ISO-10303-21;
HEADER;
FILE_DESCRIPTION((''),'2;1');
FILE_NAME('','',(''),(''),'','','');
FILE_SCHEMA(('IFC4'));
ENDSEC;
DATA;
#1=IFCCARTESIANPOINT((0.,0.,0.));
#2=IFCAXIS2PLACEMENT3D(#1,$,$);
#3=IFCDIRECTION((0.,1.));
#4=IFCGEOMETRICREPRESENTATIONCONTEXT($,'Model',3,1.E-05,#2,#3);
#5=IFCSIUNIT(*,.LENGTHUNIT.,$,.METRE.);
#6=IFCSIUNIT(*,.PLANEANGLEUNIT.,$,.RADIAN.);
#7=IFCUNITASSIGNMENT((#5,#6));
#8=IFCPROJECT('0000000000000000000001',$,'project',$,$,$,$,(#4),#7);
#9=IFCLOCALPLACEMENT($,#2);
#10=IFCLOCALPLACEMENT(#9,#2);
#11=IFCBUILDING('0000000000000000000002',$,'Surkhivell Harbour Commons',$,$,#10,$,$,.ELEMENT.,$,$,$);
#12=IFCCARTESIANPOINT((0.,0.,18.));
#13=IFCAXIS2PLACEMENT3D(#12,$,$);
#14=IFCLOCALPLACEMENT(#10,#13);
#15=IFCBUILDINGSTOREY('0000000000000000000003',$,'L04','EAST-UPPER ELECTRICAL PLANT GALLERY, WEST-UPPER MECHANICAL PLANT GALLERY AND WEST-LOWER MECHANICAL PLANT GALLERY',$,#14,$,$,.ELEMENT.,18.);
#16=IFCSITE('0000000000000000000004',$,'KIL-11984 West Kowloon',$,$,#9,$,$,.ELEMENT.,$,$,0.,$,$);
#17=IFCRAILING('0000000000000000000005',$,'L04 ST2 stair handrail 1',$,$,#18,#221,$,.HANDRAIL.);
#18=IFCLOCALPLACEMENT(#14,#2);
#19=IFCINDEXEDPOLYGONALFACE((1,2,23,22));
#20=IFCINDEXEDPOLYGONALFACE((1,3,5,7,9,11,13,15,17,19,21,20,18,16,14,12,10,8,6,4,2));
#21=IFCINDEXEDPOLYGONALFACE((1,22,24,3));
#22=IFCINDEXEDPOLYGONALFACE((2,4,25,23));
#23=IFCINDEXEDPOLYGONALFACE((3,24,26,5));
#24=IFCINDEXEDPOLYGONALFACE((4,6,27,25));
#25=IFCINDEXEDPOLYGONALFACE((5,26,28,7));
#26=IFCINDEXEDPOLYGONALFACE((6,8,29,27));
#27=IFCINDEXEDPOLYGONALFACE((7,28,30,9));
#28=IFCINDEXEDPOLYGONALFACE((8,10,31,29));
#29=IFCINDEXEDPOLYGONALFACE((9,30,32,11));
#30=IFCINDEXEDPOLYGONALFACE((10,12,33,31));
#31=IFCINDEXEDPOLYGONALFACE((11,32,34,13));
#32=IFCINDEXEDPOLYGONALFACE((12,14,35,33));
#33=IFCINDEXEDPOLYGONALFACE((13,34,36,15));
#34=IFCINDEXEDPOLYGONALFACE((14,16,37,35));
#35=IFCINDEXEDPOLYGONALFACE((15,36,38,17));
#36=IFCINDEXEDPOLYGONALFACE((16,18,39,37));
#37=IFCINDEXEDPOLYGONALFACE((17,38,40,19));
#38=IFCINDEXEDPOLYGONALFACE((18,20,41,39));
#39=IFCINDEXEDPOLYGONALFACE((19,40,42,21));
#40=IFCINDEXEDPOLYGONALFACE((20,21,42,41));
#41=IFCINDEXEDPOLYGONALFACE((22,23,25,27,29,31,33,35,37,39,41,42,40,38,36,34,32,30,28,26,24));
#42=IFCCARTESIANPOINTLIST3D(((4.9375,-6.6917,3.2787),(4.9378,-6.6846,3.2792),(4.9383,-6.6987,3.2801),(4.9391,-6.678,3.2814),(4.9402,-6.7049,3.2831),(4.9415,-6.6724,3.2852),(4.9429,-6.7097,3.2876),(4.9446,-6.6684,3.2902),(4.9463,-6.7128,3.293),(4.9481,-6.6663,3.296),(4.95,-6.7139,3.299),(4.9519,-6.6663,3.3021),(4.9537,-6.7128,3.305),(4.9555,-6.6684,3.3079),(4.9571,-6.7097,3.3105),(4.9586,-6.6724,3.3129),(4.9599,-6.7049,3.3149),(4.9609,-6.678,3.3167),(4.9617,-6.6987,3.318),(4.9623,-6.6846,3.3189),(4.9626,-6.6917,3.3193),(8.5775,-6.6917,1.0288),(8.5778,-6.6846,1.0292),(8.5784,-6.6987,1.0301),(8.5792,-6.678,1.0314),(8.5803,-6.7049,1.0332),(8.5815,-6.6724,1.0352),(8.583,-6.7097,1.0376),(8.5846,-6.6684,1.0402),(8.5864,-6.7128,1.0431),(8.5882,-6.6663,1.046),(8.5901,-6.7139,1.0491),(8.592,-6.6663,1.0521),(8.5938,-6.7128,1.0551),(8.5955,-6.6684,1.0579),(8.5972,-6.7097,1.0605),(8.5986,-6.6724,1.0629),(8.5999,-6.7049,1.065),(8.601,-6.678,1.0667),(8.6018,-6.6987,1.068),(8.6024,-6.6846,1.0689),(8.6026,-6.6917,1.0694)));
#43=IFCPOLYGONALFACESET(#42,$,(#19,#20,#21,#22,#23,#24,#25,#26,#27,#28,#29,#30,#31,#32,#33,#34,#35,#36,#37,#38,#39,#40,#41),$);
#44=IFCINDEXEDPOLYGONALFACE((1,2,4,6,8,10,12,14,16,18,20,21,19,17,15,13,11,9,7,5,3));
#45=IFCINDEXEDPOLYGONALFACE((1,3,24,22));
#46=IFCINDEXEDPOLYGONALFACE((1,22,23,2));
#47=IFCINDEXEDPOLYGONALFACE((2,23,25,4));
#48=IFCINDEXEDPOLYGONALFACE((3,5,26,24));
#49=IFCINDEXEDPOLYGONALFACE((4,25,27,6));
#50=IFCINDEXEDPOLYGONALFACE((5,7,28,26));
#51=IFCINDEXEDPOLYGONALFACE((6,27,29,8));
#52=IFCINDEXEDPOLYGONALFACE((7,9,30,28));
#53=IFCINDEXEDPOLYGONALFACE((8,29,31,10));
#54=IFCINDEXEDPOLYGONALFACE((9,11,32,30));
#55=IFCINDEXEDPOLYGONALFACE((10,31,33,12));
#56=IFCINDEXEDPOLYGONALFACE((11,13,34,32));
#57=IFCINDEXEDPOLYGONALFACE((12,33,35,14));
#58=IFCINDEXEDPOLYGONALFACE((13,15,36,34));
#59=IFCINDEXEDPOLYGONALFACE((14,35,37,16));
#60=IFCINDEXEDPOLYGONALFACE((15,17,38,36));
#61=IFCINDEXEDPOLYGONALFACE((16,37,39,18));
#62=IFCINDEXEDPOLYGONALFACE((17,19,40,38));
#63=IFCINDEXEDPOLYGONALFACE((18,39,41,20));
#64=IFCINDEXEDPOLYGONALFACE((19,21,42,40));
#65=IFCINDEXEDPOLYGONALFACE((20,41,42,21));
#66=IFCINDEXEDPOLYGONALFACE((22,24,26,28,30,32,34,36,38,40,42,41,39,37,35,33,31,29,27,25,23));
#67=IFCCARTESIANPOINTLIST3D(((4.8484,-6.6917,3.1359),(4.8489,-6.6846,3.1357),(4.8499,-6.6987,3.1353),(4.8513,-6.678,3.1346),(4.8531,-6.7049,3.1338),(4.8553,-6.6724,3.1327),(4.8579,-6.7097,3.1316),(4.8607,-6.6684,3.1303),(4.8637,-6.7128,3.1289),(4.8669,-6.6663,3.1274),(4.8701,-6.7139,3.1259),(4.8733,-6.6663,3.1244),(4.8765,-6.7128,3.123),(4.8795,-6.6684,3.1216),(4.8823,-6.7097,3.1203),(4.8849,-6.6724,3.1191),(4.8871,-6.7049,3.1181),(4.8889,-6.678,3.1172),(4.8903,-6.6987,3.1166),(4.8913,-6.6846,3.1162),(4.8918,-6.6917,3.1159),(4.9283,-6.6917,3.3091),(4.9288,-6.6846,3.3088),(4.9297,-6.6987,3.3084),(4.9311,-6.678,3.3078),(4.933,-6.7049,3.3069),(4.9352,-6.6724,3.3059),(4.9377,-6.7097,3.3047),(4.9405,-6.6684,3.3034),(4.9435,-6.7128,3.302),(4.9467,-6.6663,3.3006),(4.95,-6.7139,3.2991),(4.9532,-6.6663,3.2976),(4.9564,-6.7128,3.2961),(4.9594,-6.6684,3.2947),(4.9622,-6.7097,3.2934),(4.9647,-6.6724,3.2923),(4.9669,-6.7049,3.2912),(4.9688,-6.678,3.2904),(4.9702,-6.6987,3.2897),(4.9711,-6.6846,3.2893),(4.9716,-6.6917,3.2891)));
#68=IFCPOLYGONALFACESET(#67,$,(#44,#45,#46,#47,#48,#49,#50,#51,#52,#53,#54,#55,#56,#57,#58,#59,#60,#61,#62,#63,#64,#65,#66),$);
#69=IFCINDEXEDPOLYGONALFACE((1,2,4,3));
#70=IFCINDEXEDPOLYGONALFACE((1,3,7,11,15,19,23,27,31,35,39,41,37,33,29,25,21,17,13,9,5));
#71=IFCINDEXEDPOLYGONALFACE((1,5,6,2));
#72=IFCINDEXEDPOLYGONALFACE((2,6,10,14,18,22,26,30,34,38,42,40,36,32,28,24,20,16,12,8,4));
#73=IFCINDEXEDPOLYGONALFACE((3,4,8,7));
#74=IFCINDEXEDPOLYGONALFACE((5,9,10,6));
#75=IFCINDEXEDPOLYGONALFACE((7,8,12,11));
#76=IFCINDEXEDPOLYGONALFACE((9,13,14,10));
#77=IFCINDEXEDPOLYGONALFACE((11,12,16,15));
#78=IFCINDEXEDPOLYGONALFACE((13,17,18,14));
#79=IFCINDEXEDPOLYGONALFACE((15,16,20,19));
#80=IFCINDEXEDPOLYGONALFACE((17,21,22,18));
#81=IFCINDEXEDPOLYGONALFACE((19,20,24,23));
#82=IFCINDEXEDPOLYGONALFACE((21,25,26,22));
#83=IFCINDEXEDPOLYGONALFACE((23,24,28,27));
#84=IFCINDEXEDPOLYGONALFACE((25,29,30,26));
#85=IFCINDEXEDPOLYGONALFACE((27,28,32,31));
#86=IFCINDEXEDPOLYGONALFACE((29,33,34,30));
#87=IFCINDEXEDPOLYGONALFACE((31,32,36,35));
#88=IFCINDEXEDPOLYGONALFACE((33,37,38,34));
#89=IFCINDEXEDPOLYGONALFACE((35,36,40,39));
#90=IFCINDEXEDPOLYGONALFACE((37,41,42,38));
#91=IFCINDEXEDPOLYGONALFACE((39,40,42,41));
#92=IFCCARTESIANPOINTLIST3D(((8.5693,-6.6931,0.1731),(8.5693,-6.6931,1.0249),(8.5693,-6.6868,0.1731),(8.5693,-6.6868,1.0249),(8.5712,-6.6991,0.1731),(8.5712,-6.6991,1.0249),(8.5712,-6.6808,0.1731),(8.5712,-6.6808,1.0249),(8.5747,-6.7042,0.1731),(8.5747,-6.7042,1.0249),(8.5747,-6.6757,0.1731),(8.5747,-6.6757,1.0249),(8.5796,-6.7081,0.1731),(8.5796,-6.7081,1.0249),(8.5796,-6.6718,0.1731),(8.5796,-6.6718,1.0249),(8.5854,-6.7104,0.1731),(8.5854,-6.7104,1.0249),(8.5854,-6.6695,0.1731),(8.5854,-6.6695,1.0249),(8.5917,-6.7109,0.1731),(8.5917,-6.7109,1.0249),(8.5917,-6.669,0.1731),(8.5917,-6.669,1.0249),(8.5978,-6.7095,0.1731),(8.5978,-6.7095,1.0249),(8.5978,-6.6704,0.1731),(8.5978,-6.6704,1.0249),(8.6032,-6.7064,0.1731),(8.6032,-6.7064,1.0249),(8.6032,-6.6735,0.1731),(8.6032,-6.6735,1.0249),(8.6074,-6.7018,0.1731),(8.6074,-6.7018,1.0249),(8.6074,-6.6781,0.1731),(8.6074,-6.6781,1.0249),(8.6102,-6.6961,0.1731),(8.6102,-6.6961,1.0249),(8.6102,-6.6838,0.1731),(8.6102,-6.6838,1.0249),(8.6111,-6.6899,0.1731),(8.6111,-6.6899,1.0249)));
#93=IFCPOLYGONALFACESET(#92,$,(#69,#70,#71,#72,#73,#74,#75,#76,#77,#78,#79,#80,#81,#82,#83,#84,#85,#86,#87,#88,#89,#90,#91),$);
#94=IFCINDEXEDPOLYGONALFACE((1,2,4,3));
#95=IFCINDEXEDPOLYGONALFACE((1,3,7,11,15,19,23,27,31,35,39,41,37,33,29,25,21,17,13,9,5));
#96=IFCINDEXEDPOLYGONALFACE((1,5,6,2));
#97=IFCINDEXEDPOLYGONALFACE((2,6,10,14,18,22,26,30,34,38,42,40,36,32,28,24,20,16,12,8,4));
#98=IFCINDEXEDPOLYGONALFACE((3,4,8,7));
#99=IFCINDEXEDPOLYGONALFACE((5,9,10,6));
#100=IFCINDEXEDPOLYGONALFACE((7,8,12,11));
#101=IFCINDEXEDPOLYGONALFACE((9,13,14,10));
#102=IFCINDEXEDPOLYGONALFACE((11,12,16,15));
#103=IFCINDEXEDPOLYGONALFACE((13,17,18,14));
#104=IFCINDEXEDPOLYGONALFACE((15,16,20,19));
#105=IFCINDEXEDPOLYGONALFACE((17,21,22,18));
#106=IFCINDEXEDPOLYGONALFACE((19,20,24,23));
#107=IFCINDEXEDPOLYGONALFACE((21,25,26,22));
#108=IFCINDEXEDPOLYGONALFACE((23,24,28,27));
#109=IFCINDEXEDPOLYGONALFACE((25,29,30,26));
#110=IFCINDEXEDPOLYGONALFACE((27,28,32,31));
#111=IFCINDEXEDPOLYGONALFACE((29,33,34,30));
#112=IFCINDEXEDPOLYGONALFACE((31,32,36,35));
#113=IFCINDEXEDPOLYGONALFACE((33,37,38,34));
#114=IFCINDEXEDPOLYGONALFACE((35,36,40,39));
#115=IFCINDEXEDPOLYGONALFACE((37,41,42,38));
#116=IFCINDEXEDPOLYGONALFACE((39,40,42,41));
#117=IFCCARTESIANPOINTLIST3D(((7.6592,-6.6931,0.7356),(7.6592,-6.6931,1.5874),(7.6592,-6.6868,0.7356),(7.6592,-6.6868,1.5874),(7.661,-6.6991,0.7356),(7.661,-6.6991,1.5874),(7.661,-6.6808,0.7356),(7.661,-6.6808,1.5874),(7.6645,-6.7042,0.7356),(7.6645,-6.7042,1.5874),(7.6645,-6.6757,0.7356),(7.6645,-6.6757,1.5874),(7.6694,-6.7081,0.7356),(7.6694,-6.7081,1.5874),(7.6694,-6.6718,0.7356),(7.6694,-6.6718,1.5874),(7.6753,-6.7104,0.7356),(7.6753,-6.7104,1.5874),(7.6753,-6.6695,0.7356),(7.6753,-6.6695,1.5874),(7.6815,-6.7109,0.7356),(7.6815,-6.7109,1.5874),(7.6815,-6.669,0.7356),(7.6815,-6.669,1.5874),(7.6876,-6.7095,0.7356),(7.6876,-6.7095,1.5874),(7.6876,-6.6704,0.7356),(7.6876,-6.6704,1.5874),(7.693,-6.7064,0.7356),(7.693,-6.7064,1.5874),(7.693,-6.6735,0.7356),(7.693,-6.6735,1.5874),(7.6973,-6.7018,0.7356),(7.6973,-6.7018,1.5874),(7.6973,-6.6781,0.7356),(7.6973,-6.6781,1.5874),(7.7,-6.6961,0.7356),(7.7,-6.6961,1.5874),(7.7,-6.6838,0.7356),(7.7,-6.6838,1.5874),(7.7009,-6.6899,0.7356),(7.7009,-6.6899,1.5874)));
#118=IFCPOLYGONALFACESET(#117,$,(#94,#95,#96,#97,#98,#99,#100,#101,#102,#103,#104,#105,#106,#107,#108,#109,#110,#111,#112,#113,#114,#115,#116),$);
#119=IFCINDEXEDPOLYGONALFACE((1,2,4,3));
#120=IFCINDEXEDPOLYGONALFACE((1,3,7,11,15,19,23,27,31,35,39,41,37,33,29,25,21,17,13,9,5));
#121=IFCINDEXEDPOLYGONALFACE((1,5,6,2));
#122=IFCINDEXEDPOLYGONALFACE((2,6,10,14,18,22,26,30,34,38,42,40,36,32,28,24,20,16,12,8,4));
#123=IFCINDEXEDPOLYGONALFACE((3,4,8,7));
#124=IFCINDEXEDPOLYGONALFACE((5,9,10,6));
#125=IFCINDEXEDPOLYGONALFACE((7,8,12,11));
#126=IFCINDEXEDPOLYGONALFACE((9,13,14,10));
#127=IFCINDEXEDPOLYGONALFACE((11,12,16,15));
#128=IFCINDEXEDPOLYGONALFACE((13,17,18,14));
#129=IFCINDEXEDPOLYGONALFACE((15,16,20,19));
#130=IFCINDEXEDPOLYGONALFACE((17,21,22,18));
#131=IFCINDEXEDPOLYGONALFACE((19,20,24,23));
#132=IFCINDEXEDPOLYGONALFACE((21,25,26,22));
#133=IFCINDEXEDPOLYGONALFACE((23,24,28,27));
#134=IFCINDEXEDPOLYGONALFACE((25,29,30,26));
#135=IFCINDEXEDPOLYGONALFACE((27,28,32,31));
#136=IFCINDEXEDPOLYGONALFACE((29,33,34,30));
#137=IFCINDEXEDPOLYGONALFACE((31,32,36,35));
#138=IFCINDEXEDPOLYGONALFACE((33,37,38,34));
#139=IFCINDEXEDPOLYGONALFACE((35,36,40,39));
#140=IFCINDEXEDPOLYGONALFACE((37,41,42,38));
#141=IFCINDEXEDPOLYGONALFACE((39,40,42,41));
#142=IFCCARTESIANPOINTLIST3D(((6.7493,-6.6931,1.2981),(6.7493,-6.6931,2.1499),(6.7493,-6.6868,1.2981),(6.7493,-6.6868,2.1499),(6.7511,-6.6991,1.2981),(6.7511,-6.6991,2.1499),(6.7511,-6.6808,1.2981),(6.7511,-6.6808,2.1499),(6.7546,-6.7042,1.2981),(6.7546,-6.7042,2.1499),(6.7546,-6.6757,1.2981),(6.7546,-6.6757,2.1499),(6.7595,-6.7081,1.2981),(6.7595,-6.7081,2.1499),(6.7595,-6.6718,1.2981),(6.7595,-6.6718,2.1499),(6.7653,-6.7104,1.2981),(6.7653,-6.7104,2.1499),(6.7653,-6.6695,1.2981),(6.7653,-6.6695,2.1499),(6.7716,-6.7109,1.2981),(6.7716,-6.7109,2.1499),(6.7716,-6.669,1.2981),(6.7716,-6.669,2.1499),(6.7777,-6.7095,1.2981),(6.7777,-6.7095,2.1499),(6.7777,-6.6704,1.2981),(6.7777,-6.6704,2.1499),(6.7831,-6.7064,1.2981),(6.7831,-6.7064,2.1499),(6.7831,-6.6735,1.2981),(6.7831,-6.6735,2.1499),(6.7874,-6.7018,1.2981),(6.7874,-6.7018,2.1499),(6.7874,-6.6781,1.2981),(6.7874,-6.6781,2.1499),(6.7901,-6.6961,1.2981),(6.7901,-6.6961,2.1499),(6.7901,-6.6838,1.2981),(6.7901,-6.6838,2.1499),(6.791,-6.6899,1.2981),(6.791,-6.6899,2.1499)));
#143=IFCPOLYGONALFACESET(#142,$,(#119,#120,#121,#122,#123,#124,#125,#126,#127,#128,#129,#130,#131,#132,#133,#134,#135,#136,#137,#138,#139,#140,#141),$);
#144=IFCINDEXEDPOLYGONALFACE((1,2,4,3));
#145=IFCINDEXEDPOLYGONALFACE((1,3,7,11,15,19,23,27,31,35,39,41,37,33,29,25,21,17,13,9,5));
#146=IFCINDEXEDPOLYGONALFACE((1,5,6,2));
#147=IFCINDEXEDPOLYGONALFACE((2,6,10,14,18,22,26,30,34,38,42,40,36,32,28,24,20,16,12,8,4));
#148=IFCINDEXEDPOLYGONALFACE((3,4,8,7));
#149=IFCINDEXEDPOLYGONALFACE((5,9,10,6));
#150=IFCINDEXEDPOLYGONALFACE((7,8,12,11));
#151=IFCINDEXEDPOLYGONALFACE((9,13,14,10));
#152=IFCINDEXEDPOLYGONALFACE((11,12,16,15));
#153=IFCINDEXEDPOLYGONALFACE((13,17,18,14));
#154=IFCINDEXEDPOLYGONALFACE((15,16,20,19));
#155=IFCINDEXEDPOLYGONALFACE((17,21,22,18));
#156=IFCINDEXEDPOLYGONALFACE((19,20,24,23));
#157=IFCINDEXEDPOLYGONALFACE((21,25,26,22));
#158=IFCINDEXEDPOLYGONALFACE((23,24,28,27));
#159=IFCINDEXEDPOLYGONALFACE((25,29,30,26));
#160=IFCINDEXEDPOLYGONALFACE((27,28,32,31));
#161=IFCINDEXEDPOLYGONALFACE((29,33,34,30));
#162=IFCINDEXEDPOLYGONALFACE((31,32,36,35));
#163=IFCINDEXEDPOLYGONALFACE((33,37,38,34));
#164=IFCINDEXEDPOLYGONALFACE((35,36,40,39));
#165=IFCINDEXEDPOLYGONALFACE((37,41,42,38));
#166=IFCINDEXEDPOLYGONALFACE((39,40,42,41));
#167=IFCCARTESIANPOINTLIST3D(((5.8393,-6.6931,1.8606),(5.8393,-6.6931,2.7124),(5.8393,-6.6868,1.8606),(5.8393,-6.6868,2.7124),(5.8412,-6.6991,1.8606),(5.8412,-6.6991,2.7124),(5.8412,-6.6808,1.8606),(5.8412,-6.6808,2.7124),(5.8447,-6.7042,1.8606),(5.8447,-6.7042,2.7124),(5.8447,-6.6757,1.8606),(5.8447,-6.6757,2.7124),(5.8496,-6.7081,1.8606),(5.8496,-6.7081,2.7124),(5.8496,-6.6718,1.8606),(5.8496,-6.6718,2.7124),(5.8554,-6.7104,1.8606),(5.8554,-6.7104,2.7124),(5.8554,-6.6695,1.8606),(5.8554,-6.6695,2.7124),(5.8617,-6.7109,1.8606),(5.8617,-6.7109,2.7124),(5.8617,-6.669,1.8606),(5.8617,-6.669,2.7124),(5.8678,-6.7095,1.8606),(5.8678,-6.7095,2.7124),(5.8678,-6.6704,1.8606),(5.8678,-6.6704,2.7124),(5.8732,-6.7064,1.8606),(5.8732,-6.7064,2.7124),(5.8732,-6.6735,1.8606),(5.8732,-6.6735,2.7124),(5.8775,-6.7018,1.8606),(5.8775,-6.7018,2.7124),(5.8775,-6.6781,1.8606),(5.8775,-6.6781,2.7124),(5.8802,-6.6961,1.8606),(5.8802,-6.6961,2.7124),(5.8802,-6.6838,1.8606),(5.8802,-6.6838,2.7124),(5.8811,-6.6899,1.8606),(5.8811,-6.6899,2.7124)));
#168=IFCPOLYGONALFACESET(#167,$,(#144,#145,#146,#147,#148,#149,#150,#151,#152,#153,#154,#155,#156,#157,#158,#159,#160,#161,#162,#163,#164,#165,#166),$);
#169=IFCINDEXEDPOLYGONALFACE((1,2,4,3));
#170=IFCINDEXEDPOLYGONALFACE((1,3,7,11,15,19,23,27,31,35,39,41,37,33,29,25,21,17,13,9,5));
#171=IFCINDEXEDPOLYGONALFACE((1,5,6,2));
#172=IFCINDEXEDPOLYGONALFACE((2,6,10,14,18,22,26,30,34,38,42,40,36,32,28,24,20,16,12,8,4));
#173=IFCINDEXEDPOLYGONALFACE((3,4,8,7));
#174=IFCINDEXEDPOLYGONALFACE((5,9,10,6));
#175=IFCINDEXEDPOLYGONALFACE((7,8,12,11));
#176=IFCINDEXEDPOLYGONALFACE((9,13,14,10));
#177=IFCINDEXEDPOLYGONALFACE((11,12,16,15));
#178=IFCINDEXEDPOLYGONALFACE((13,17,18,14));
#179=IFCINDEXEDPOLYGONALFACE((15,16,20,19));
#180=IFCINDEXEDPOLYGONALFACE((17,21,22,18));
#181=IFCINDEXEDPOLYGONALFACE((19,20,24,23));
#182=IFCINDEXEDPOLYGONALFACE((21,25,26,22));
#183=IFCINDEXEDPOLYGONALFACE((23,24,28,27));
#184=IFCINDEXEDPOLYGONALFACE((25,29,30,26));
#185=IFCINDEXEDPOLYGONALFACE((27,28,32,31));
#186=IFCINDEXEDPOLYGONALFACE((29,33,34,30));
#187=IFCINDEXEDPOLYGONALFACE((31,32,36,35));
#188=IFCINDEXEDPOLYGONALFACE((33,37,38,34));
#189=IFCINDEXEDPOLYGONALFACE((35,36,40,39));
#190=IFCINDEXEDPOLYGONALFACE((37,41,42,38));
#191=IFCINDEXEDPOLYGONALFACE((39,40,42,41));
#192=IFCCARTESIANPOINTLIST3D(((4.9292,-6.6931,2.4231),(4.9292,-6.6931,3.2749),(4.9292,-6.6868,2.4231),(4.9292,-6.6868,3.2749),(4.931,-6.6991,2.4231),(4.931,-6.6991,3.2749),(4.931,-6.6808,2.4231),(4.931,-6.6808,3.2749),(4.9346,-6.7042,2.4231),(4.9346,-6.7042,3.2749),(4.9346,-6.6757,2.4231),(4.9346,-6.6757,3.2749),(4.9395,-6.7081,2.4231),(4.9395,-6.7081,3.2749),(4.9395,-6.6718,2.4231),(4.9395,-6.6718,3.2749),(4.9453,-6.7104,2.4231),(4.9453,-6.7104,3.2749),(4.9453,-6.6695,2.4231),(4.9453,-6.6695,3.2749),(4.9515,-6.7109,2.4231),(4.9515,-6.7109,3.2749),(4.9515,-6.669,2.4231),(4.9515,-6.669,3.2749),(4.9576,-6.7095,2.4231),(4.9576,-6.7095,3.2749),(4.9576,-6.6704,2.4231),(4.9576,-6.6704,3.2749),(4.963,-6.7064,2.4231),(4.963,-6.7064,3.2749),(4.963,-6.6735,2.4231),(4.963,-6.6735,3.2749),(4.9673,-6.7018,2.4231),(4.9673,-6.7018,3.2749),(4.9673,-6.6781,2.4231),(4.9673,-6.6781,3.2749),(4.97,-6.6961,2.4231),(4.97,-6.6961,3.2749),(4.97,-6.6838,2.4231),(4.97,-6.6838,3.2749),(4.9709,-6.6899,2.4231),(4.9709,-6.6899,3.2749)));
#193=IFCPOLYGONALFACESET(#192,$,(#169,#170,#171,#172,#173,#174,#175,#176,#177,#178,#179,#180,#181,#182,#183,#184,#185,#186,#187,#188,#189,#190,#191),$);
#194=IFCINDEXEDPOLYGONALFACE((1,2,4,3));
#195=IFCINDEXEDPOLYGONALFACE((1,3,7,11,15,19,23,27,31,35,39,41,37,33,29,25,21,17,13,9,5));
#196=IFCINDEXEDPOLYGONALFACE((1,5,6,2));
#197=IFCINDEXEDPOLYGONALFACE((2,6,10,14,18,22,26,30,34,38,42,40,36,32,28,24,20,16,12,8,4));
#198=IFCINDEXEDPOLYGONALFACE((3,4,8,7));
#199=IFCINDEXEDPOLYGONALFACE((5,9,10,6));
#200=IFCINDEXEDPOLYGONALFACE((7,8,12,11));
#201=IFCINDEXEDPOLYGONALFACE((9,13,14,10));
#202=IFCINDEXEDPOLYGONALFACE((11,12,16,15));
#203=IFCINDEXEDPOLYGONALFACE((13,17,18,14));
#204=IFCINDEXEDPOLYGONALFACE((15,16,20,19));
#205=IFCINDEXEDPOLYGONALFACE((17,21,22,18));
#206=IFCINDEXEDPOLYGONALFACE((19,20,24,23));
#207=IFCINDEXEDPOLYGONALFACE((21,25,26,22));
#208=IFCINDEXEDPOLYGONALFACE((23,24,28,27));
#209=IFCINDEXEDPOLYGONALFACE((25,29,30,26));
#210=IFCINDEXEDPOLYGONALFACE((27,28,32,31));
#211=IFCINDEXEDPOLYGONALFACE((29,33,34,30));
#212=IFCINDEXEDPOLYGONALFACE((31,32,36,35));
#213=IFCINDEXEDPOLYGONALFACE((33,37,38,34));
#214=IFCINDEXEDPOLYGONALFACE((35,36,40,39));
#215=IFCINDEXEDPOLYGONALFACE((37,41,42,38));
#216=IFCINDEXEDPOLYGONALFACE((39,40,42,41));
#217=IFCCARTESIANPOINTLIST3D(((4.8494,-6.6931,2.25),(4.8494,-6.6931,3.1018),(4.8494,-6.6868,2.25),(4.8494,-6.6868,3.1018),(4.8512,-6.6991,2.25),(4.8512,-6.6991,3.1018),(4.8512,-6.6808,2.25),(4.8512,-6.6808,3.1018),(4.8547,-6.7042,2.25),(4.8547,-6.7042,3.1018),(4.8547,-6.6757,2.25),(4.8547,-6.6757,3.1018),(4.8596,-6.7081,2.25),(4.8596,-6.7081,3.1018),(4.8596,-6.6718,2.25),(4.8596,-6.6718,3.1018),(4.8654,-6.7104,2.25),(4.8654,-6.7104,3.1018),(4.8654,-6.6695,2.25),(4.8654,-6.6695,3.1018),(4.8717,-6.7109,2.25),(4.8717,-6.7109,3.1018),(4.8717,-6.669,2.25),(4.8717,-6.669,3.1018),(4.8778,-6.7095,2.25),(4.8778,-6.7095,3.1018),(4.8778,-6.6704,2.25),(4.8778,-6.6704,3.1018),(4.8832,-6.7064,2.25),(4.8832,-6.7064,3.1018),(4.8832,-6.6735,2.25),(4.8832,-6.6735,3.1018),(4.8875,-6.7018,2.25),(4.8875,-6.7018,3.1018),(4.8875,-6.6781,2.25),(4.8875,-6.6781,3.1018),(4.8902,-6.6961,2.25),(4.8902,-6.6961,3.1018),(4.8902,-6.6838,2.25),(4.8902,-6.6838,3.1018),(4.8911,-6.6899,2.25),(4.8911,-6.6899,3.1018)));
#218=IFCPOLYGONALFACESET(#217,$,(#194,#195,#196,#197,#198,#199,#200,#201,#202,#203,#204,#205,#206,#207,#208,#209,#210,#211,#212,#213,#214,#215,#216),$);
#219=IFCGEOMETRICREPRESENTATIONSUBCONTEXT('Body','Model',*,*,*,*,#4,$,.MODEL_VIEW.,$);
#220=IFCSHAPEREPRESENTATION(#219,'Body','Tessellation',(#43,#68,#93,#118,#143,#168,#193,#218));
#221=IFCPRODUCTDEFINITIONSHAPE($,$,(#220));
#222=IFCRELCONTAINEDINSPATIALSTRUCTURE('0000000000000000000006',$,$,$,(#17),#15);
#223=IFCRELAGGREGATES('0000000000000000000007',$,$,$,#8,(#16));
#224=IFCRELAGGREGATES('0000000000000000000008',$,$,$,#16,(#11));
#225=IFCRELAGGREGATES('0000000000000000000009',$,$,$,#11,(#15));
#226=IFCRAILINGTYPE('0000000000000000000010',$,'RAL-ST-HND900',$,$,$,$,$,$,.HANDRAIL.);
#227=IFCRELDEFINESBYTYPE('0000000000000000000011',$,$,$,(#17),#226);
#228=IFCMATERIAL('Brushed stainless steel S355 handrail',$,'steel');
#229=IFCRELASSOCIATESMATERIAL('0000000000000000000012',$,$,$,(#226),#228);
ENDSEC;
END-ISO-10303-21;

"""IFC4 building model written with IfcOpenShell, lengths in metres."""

from ifc_helpers import new_model, si_unit, direction, frame, origin, origin_2d, place, context, subcontext, project, spatial, circle, extrude, material, type_object, element, save


model = new_model("IFC4")

# Units and contexts
model_context = context("Model", 3, precision=1e-05, world=origin(), true_north=direction((0.0, 1.0)))
body_context = subcontext(model_context, "Body", "Model", "MODEL_VIEW")
ifc_project = project(units=[si_unit("LENGTHUNIT", "METRE"), si_unit("PLANEANGLEUNIT", "RADIAN")], contexts=[model_context])

# Site, building, storey
site_placement = place(None, origin())
site = spatial("IfcSite", under=ifc_project, at=site_placement, Name="KIL-11984 West Kowloon", CompositionType="ELEMENT", RefElevation=0.0)
building_placement = place(site_placement, origin())
building = spatial("IfcBuilding", under=site, at=building_placement, Name="Surkhivell Harbour Commons", CompositionType="ELEMENT")
storey_placement = place(building_placement, frame((0.0, 0.0, 18.0)))
storey = spatial("IfcBuildingStorey", under=building, at=storey_placement, Name="L04", Description="EAST-UPPER ELECTRICAL PLANT GALLERY, WEST-UPPER MECHANICAL PLANT GALLERY AND WEST-LOWER MECHANICAL PLANT GALLERY", CompositionType="ELEMENT", Elevation=18.0)

# Railing
ifc_material_1 = material(Name="Brushed stainless steel S355 handrail", Category="steel")
railing_type_1 = type_object("IfcRailingType", Name="RAL-ST-HND900", PredefinedType="HANDRAIL", material=ifc_material_1)
railing_1_placement = place(storey_placement, frame((8.5901, -6.6899, 0.1731)))
element("IfcRailing", 1, at=railing_1_placement, inside=storey, type_object=railing_type_1, Name="L04 ST2 stair handrail 1", PredefinedType="HANDRAIL", context=body_context, shape_type="SweptSolid", body=[
    extrude(circle(Radius=0.0239, at=origin_2d()), frame((0.0, 0.0, 0.876), z_axis=(-0.850622, 0.0, 0.525777), x_axis=(0.0, -1.0, 0.0)), (0.0, 0.0, 1.0), 4.2793),
    extrude(circle(Radius=0.0239, at=origin_2d()), frame((-3.6401, 0.0, 3.126), z_axis=(-0.418815, 0.0, -0.908072), x_axis=(0.0, -1.0, 0.0)), (0.0, 0.0, 1.0), 0.1907),
    extrude(circle(Radius=0.021, at=origin_2d()), origin(), (0.0, 0.0, 1.0), 0.8518),
    extrude(circle(Radius=0.021, at=origin_2d()), frame((-0.9102, 0.0, 0.5625)), (0.0, 0.0, 1.0), 0.8518),
    extrude(circle(Radius=0.021, at=origin_2d()), frame((-1.8201, 0.0, 1.125)), (0.0, 0.0, 1.0), 0.8518),
    extrude(circle(Radius=0.021, at=origin_2d()), frame((-2.73, 0.0, 1.6875)), (0.0, 0.0, 1.0), 0.8518),
    extrude(circle(Radius=0.021, at=origin_2d()), frame((-3.6401, 0.0, 2.25)), (0.0, 0.0, 1.0), 0.8518),
    extrude(circle(Radius=0.021, at=origin_2d()), frame((-3.72, 0.0, 2.0769)), (0.0, 0.0, 1.0), 0.8518),
])

save(model, "model.ifc")
